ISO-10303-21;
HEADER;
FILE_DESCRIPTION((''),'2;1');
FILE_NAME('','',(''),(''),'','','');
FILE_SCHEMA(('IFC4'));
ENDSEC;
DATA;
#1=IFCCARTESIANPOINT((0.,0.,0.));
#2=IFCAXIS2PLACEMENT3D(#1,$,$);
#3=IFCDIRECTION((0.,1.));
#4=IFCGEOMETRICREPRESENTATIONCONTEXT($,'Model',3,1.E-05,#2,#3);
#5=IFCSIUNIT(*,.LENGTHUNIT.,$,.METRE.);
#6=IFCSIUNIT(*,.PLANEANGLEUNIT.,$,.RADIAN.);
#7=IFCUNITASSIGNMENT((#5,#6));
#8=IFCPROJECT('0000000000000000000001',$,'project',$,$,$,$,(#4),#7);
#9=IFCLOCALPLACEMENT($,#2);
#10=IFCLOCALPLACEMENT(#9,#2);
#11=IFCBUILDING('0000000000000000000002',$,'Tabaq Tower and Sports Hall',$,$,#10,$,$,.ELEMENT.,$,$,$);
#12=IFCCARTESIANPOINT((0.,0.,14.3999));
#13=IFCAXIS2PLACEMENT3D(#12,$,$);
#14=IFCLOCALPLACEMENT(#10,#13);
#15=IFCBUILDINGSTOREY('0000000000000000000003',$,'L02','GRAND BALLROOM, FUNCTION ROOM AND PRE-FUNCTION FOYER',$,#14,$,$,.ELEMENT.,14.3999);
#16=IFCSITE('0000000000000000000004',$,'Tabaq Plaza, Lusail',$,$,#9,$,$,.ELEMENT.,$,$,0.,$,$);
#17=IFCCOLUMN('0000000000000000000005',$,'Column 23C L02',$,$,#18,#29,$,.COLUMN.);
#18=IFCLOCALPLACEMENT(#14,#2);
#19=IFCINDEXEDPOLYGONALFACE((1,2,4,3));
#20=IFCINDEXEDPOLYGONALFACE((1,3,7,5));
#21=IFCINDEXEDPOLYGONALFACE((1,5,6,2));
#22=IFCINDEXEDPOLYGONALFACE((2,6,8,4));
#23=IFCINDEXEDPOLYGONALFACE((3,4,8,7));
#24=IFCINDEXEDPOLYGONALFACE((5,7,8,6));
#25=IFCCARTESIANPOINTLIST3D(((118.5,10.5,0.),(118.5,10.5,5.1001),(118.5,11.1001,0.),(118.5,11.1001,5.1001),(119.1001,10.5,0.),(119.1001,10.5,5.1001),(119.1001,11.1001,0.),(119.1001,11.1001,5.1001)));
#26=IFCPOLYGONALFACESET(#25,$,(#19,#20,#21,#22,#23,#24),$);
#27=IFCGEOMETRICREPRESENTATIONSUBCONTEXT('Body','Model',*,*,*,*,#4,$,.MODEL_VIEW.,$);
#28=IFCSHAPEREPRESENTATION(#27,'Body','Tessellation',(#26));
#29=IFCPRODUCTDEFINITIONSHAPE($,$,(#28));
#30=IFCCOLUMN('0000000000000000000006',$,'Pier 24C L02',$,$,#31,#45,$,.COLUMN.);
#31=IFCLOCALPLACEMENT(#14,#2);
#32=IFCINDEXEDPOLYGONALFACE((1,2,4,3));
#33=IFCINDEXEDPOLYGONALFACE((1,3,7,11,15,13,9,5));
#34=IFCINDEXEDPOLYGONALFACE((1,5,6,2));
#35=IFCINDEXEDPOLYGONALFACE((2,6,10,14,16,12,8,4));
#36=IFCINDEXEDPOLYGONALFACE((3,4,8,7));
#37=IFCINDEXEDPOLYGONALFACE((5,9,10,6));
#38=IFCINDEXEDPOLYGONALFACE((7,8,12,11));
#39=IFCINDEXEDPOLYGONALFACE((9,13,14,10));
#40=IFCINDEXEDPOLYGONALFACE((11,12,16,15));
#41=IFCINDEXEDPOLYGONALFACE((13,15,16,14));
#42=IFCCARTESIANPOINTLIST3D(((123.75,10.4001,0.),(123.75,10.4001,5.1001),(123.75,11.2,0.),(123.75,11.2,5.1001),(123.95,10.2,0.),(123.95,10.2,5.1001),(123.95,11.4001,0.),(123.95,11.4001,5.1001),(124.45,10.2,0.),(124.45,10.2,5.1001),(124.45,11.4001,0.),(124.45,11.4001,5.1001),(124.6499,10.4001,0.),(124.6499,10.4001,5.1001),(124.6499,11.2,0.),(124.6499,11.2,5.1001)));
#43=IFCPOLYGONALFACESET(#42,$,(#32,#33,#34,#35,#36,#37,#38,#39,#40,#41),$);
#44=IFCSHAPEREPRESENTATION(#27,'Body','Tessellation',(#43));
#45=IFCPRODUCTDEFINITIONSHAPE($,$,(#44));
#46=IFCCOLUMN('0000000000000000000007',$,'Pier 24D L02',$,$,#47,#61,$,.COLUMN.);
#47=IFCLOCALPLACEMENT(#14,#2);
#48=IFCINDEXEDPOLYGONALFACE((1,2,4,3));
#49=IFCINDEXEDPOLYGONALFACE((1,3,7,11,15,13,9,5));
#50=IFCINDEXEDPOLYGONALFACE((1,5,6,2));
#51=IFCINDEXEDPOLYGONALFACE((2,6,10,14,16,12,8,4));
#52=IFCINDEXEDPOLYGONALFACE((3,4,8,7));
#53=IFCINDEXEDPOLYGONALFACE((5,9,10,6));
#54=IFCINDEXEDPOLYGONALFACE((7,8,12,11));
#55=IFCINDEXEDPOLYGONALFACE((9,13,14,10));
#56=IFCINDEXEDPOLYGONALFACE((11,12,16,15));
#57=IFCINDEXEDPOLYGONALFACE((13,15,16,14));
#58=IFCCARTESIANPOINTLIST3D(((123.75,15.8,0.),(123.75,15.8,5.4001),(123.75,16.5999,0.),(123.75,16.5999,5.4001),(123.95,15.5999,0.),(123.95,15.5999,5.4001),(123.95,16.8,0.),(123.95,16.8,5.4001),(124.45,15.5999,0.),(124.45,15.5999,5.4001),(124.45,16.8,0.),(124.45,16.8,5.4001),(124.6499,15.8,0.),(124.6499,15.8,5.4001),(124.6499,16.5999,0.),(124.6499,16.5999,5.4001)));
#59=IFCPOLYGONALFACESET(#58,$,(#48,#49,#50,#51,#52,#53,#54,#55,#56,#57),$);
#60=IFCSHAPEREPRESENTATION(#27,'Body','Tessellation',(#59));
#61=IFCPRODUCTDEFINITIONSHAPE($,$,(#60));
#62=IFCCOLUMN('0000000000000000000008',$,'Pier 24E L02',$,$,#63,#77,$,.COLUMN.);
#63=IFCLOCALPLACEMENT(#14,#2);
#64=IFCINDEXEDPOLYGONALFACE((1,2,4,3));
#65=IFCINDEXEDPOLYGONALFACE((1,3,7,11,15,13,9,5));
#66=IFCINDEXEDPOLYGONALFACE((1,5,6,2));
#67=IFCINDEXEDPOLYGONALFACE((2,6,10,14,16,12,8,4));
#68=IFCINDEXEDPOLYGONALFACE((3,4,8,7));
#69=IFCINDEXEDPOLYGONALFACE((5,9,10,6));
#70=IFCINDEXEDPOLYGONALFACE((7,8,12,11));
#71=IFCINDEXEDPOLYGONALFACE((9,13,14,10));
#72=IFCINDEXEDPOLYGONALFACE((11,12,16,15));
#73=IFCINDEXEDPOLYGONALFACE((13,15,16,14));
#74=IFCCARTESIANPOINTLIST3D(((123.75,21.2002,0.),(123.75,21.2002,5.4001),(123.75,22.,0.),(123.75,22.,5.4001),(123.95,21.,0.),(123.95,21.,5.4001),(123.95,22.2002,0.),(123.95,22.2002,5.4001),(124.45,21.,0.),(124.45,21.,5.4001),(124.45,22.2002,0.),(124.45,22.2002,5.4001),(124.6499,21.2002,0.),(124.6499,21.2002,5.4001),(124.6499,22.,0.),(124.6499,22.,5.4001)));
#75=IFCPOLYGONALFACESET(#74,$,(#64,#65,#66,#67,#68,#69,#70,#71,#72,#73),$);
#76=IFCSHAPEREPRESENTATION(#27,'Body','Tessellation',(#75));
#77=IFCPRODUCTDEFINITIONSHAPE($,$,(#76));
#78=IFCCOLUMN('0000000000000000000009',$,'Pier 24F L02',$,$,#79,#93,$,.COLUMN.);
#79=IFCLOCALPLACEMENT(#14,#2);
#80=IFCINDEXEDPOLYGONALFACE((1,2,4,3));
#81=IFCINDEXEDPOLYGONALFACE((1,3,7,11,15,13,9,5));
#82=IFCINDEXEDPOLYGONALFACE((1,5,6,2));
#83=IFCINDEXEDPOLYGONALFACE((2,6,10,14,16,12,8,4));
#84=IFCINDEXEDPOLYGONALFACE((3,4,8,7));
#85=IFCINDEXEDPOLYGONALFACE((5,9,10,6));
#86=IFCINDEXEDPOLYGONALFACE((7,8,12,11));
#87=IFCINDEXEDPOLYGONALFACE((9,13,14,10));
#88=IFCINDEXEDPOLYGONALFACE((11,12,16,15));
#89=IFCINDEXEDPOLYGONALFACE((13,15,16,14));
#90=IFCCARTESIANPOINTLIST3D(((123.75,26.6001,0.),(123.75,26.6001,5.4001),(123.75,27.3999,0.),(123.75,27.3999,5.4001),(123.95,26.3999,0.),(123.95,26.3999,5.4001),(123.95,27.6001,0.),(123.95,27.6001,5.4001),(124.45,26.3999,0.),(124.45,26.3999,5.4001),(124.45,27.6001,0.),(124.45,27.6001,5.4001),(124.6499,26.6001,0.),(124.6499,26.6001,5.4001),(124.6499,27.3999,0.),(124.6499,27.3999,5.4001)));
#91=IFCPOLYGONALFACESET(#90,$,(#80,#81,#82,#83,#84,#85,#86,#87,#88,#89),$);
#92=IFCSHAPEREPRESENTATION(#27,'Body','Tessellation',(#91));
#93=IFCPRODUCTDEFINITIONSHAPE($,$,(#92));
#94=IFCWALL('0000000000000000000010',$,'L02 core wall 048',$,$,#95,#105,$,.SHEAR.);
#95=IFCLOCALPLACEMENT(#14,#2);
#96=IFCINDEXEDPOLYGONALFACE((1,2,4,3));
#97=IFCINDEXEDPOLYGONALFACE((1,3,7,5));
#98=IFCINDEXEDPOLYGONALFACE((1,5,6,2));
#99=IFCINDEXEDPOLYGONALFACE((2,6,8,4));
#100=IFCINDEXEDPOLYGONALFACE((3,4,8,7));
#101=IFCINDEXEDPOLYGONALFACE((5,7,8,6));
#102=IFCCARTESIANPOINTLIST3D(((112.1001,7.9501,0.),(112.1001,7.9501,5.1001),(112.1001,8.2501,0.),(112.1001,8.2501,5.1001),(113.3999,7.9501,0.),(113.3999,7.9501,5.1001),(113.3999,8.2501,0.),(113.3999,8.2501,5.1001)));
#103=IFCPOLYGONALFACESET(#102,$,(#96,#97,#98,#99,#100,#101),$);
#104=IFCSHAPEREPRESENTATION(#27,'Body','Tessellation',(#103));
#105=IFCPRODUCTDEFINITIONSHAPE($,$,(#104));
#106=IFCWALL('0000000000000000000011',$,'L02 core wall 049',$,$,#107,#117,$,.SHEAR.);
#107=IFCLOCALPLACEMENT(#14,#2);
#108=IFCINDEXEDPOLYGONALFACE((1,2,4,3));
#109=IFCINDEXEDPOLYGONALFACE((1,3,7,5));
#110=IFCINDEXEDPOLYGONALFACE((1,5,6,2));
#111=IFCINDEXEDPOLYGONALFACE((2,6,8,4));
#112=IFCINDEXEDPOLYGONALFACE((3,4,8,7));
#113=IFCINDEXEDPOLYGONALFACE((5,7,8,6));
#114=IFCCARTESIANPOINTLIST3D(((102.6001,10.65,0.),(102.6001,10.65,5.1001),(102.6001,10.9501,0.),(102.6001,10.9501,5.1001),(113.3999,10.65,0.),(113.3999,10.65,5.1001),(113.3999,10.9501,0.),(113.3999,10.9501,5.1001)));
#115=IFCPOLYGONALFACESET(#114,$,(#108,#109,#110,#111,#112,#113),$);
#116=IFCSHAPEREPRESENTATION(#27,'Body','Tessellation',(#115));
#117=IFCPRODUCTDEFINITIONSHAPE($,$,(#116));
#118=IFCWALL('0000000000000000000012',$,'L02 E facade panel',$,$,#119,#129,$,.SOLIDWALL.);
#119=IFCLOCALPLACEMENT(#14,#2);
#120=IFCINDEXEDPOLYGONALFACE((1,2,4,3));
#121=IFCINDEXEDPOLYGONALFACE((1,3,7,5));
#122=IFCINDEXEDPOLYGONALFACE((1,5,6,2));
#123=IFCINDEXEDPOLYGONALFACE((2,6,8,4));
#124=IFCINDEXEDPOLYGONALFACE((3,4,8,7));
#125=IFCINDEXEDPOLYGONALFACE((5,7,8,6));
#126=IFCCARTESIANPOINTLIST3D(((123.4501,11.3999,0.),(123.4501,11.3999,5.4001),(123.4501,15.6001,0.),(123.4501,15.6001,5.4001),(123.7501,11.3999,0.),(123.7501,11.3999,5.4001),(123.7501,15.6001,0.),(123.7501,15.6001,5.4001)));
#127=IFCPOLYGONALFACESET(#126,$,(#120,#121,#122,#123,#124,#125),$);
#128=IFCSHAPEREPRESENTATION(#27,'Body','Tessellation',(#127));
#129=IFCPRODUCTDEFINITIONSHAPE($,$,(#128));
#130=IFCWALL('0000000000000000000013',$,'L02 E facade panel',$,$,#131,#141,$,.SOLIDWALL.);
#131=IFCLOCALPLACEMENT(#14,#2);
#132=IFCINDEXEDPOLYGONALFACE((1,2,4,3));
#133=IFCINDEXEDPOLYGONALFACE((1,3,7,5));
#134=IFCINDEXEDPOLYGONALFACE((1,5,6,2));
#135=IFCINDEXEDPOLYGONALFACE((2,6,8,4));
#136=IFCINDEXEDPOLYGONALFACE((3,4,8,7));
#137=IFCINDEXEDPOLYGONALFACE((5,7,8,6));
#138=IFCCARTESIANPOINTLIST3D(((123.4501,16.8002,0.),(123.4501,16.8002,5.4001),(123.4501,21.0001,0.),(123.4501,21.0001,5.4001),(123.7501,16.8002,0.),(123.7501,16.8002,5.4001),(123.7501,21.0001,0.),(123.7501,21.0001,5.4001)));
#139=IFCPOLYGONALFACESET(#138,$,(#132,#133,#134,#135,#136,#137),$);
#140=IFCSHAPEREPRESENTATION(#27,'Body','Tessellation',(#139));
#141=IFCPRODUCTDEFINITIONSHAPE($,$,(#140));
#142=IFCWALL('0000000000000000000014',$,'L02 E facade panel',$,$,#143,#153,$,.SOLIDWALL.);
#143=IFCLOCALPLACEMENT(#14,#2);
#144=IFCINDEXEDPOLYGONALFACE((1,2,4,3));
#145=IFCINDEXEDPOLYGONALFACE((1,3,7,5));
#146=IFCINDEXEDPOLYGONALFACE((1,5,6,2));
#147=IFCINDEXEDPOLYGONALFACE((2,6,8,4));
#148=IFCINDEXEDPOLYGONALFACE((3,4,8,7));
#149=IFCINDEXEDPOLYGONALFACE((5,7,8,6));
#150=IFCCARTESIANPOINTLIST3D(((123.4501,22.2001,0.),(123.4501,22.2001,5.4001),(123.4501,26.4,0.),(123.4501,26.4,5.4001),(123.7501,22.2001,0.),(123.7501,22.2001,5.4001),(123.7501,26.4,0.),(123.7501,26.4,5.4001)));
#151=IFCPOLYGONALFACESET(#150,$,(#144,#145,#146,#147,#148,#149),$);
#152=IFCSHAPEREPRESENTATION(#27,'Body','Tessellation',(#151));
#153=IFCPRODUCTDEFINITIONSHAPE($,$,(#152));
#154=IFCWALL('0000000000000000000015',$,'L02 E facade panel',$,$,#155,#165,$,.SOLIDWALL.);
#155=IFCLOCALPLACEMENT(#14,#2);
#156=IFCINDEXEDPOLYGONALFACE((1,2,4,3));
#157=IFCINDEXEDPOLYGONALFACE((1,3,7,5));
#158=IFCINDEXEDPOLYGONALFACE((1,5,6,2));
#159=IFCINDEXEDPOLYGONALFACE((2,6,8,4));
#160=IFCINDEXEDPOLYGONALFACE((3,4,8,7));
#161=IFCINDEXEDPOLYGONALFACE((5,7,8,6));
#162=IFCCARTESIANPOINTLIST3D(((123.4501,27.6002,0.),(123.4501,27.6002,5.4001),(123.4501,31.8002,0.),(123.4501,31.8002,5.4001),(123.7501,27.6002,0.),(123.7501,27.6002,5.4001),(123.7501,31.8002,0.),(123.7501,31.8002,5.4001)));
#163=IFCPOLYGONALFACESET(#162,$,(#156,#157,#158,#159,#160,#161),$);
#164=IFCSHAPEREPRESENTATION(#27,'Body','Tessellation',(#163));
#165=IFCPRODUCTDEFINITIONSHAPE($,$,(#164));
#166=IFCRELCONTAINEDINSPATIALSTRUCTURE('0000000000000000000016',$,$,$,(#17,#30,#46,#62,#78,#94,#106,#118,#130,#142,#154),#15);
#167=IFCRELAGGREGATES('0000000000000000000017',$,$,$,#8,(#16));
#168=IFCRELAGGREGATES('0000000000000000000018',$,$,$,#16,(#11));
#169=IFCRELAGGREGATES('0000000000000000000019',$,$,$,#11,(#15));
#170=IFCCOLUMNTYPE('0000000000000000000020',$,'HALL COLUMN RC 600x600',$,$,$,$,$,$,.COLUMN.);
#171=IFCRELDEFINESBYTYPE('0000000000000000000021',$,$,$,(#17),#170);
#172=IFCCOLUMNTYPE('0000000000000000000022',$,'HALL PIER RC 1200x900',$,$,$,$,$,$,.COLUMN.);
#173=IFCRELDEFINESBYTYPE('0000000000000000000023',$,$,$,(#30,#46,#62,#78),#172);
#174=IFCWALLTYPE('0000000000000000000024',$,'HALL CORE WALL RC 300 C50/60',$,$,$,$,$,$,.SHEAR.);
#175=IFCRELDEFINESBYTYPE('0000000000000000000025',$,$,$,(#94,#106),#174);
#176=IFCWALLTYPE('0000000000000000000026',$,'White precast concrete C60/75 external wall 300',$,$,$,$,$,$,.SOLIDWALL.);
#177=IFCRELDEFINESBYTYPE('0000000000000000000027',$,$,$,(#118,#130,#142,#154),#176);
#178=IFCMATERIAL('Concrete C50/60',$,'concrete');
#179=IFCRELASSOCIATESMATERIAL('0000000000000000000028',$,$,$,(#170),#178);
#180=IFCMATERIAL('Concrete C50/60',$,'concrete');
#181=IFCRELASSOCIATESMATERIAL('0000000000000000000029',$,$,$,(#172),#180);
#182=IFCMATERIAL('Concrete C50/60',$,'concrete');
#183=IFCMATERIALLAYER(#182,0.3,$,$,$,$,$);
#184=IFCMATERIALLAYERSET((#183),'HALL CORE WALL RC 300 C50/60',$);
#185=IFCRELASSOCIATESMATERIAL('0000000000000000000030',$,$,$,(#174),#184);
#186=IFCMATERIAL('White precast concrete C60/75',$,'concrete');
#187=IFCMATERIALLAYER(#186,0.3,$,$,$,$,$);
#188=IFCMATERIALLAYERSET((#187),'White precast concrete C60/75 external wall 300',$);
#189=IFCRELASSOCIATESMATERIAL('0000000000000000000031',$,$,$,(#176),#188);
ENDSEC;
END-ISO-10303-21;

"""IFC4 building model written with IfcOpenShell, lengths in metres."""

from ifc_helpers import new_model, si_unit, direction, frame, frame_2d, origin, origin_2d, place, context, subcontext, project, spatial, polyline, rectangle, outline, extrude, material, layer, layer_set, material_profile, profile_set, type_object, element, save


model = new_model("IFC4")

# Units and contexts
model_context = context("Model", 3, precision=1e-05, world=origin(), true_north=direction((0.0, 1.0)))
body_context = subcontext(model_context, "Body", "Model", "MODEL_VIEW")
ifc_project = project(units=[si_unit("LENGTHUNIT", "METRE"), si_unit("PLANEANGLEUNIT", "RADIAN")], contexts=[model_context])

# Site, building, storey
site_placement = place(None, origin())
site = spatial("IfcSite", under=ifc_project, at=site_placement, Name="Tabaq Plaza, Lusail", CompositionType="ELEMENT", RefElevation=0.0)
building_placement = place(site_placement, origin())
building = spatial("IfcBuilding", under=site, at=building_placement, Name="Tabaq Tower and Sports Hall", CompositionType="ELEMENT")
storey_placement = place(building_placement, frame((0.0, 0.0, 14.3999)))
storey = spatial("IfcBuildingStorey", under=building, at=storey_placement, Name="L02", Description="GRAND BALLROOM, FUNCTION ROOM AND PRE-FUNCTION FOYER", CompositionType="ELEMENT", Elevation=14.3999)

# Columns
ifc_material_1 = material(Name="Concrete C50/60", Category="concrete")
ifc_material_profile_1 = material_profile(ifc_material_1, rectangle(XDim=0.6001, YDim=0.6001, at=origin_2d()), Name="RC 600x600")
ifc_profile_set_1 = profile_set([ifc_material_profile_1], Name="Concrete C50/60")
column_type_1 = type_object("IfcColumnType", Name="HALL COLUMN RC 600x600", PredefinedType="COLUMN", material=ifc_profile_set_1)
column_1_placement = place(storey_placement, frame((118.8, 10.8, 0.0), z_axis=(0.0, 0.0, 1.0), x_axis=(1.0, 0.0, 0.0)))
element("IfcColumn", 1, at=column_1_placement, inside=storey, type_object=column_type_1, Name="Column 23C L02", PredefinedType="COLUMN", context=body_context, shape_type="SweptSolid", body=[
    extrude(rectangle(XDim=0.6001, YDim=0.6001, at=origin_2d()), origin(), (0.0, 0.0, 1.0), 5.1001),
])
ifc_material_2 = material(Name="Concrete C50/60", Category="concrete")
ifc_material_profile_2 = material_profile(ifc_material_2, outline(polyline([(-0.3999, -0.45), (0.3999, -0.45), (0.6001, -0.25), (0.6001, 0.25), (0.3999, 0.45), (-0.3999, 0.45), (-0.6001, 0.25), (-0.6001, -0.25), (-0.3999, -0.45)])), Name="PIER 1200x900")
ifc_profile_set_2 = profile_set([ifc_material_profile_2], Name="Concrete C50/60")
column_type_2 = type_object("IfcColumnType", Name="HALL PIER RC 1200x900", PredefinedType="COLUMN", material=ifc_profile_set_2)
column_2_placement = place(storey_placement, frame((124.2, 10.8, 0.0), z_axis=(0.0, 0.0, 1.0), x_axis=(0.0, 1.0, 0.0)))
element("IfcColumn", 2, at=column_2_placement, inside=storey, type_object=column_type_2, Name="Pier 24C L02", PredefinedType="COLUMN", context=body_context, shape_type="SweptSolid", body=[
    extrude(outline(polyline([(-0.3999, -0.45), (0.3999, -0.45), (0.6001, -0.25), (0.6001, 0.25), (0.3999, 0.45), (-0.3999, 0.45), (-0.6001, 0.25), (-0.6001, -0.25), (-0.3999, -0.45)])), origin(), (0.0, 0.0, 1.0), 5.1001),
])
for number, where, z_axis, x_axis, name in (
    (3, (124.2, 16.2, 0.0), (0.0, 0.0, 1.0), (0.0, 1.0, 0.0), "Pier 24D L02"),
    (4, (124.2, 21.6001, 0.0), (0.0, 0.0, 1.0), (0.0, 1.0, 0.0), "Pier 24E L02"),
    (5, (124.2, 27.0, 0.0), (0.0, 0.0, 1.0), (0.0, 1.0, 0.0), "Pier 24F L02"),
):
    element("IfcColumn", number, at=place(storey_placement, frame(where, z_axis=z_axis, x_axis=x_axis)), inside=storey, type_object=column_type_2, Name=name, PredefinedType="COLUMN", context=body_context, shape_type="SweptSolid", body=[
        extrude(outline(polyline([(-0.3999, -0.45), (0.3999, -0.45), (0.6001, -0.25), (0.6001, 0.25), (0.3999, 0.45), (-0.3999, 0.45), (-0.6001, 0.25), (-0.6001, -0.25), (-0.3999, -0.45)])), origin(), (0.0, 0.0, 1.0), 5.4001),
    ])

# Shared definitions
ifc_material_3 = material(Name="Concrete C50/60", Category="concrete")
ifc_layer_1 = layer(ifc_material_3, 0.3)
ifc_layer_set_1 = layer_set([ifc_layer_1], Name="HALL CORE WALL RC 300 C50/60")
wall_type_1 = type_object("IfcWallType", Name="HALL CORE WALL RC 300 C50/60", PredefinedType="SHEAR", material=ifc_layer_set_1)

# Walls
wall_1_placement = place(storey_placement, frame((112.1001, 8.1001, 0.0), z_axis=(0.0, 0.0, 1.0), x_axis=(1.0, 0.0, 0.0)))
element("IfcWall", 6, at=wall_1_placement, inside=storey, type_object=wall_type_1, Name="L02 core wall 048", PredefinedType="SHEAR", context=body_context, shape_type="SweptSolid", body=[
    extrude(rectangle(XDim=1.2998, YDim=0.3, at=frame_2d((0.6499, 0.0))), origin(), (0.0, 0.0, 1.0), 5.1001),
])
wall_2_placement = place(storey_placement, frame((102.6001, 10.8, 0.0), z_axis=(0.0, 0.0, 1.0), x_axis=(1.0, 0.0, 0.0)))
element("IfcWall", 7, at=wall_2_placement, inside=storey, type_object=wall_type_1, Name="L02 core wall 049", PredefinedType="SHEAR", context=body_context, shape_type="SweptSolid", body=[
    extrude(rectangle(XDim=10.7998, YDim=0.3, at=frame_2d((5.3999, 0.0))), origin(), (0.0, 0.0, 1.0), 5.1001),
])
ifc_material_4 = material(Name="White precast concrete C60/75", Category="concrete")
ifc_layer_2 = layer(ifc_material_4, 0.3)
ifc_layer_set_2 = layer_set([ifc_layer_2], Name="White precast concrete C60/75 external wall 300")
wall_type_2 = type_object("IfcWallType", Name="White precast concrete C60/75 external wall 300", PredefinedType="SOLIDWALL", material=ifc_layer_set_2)
wall_3_placement = place(storey_placement, frame((123.6001, 11.3999, 0.0), z_axis=(0.0, 0.0, 1.0), x_axis=(0.0, 1.0, 0.0)))
element("IfcWall", 8, at=wall_3_placement, inside=storey, type_object=wall_type_2, Name="L02 E facade panel", PredefinedType="SOLIDWALL", context=body_context, shape_type="SweptSolid", body=[
    extrude(rectangle(XDim=4.2002, YDim=0.3, at=frame_2d((2.1001, 0.0))), origin(), (0.0, 0.0, 1.0), 5.4001),
])
for number, where, z_axis, x_axis, name in (
    (9, (123.6001, 16.8, 0.0), (0.0, 0.0, 1.0), (0.0, 1.0, 0.0), "L02 E facade panel"),
    (10, (123.6001, 22.2, 0.0), (0.0, 0.0, 1.0), (0.0, 1.0, 0.0), "L02 E facade panel"),
    (11, (123.6001, 27.6001, 0.0), (0.0, 0.0, 1.0), (0.0, 1.0, 0.0), "L02 E facade panel"),
):
    element("IfcWall", number, at=place(storey_placement, frame(where, z_axis=z_axis, x_axis=x_axis)), inside=storey, type_object=wall_type_2, Name=name, PredefinedType="SOLIDWALL", context=body_context, shape_type="SweptSolid", body=[
        extrude(rectangle(XDim=4.2, YDim=0.3, at=frame_2d((2.1001, 0.0))), origin(), (0.0, 0.0, 1.0), 5.4001),
    ])

save(model, "model.ifc")
